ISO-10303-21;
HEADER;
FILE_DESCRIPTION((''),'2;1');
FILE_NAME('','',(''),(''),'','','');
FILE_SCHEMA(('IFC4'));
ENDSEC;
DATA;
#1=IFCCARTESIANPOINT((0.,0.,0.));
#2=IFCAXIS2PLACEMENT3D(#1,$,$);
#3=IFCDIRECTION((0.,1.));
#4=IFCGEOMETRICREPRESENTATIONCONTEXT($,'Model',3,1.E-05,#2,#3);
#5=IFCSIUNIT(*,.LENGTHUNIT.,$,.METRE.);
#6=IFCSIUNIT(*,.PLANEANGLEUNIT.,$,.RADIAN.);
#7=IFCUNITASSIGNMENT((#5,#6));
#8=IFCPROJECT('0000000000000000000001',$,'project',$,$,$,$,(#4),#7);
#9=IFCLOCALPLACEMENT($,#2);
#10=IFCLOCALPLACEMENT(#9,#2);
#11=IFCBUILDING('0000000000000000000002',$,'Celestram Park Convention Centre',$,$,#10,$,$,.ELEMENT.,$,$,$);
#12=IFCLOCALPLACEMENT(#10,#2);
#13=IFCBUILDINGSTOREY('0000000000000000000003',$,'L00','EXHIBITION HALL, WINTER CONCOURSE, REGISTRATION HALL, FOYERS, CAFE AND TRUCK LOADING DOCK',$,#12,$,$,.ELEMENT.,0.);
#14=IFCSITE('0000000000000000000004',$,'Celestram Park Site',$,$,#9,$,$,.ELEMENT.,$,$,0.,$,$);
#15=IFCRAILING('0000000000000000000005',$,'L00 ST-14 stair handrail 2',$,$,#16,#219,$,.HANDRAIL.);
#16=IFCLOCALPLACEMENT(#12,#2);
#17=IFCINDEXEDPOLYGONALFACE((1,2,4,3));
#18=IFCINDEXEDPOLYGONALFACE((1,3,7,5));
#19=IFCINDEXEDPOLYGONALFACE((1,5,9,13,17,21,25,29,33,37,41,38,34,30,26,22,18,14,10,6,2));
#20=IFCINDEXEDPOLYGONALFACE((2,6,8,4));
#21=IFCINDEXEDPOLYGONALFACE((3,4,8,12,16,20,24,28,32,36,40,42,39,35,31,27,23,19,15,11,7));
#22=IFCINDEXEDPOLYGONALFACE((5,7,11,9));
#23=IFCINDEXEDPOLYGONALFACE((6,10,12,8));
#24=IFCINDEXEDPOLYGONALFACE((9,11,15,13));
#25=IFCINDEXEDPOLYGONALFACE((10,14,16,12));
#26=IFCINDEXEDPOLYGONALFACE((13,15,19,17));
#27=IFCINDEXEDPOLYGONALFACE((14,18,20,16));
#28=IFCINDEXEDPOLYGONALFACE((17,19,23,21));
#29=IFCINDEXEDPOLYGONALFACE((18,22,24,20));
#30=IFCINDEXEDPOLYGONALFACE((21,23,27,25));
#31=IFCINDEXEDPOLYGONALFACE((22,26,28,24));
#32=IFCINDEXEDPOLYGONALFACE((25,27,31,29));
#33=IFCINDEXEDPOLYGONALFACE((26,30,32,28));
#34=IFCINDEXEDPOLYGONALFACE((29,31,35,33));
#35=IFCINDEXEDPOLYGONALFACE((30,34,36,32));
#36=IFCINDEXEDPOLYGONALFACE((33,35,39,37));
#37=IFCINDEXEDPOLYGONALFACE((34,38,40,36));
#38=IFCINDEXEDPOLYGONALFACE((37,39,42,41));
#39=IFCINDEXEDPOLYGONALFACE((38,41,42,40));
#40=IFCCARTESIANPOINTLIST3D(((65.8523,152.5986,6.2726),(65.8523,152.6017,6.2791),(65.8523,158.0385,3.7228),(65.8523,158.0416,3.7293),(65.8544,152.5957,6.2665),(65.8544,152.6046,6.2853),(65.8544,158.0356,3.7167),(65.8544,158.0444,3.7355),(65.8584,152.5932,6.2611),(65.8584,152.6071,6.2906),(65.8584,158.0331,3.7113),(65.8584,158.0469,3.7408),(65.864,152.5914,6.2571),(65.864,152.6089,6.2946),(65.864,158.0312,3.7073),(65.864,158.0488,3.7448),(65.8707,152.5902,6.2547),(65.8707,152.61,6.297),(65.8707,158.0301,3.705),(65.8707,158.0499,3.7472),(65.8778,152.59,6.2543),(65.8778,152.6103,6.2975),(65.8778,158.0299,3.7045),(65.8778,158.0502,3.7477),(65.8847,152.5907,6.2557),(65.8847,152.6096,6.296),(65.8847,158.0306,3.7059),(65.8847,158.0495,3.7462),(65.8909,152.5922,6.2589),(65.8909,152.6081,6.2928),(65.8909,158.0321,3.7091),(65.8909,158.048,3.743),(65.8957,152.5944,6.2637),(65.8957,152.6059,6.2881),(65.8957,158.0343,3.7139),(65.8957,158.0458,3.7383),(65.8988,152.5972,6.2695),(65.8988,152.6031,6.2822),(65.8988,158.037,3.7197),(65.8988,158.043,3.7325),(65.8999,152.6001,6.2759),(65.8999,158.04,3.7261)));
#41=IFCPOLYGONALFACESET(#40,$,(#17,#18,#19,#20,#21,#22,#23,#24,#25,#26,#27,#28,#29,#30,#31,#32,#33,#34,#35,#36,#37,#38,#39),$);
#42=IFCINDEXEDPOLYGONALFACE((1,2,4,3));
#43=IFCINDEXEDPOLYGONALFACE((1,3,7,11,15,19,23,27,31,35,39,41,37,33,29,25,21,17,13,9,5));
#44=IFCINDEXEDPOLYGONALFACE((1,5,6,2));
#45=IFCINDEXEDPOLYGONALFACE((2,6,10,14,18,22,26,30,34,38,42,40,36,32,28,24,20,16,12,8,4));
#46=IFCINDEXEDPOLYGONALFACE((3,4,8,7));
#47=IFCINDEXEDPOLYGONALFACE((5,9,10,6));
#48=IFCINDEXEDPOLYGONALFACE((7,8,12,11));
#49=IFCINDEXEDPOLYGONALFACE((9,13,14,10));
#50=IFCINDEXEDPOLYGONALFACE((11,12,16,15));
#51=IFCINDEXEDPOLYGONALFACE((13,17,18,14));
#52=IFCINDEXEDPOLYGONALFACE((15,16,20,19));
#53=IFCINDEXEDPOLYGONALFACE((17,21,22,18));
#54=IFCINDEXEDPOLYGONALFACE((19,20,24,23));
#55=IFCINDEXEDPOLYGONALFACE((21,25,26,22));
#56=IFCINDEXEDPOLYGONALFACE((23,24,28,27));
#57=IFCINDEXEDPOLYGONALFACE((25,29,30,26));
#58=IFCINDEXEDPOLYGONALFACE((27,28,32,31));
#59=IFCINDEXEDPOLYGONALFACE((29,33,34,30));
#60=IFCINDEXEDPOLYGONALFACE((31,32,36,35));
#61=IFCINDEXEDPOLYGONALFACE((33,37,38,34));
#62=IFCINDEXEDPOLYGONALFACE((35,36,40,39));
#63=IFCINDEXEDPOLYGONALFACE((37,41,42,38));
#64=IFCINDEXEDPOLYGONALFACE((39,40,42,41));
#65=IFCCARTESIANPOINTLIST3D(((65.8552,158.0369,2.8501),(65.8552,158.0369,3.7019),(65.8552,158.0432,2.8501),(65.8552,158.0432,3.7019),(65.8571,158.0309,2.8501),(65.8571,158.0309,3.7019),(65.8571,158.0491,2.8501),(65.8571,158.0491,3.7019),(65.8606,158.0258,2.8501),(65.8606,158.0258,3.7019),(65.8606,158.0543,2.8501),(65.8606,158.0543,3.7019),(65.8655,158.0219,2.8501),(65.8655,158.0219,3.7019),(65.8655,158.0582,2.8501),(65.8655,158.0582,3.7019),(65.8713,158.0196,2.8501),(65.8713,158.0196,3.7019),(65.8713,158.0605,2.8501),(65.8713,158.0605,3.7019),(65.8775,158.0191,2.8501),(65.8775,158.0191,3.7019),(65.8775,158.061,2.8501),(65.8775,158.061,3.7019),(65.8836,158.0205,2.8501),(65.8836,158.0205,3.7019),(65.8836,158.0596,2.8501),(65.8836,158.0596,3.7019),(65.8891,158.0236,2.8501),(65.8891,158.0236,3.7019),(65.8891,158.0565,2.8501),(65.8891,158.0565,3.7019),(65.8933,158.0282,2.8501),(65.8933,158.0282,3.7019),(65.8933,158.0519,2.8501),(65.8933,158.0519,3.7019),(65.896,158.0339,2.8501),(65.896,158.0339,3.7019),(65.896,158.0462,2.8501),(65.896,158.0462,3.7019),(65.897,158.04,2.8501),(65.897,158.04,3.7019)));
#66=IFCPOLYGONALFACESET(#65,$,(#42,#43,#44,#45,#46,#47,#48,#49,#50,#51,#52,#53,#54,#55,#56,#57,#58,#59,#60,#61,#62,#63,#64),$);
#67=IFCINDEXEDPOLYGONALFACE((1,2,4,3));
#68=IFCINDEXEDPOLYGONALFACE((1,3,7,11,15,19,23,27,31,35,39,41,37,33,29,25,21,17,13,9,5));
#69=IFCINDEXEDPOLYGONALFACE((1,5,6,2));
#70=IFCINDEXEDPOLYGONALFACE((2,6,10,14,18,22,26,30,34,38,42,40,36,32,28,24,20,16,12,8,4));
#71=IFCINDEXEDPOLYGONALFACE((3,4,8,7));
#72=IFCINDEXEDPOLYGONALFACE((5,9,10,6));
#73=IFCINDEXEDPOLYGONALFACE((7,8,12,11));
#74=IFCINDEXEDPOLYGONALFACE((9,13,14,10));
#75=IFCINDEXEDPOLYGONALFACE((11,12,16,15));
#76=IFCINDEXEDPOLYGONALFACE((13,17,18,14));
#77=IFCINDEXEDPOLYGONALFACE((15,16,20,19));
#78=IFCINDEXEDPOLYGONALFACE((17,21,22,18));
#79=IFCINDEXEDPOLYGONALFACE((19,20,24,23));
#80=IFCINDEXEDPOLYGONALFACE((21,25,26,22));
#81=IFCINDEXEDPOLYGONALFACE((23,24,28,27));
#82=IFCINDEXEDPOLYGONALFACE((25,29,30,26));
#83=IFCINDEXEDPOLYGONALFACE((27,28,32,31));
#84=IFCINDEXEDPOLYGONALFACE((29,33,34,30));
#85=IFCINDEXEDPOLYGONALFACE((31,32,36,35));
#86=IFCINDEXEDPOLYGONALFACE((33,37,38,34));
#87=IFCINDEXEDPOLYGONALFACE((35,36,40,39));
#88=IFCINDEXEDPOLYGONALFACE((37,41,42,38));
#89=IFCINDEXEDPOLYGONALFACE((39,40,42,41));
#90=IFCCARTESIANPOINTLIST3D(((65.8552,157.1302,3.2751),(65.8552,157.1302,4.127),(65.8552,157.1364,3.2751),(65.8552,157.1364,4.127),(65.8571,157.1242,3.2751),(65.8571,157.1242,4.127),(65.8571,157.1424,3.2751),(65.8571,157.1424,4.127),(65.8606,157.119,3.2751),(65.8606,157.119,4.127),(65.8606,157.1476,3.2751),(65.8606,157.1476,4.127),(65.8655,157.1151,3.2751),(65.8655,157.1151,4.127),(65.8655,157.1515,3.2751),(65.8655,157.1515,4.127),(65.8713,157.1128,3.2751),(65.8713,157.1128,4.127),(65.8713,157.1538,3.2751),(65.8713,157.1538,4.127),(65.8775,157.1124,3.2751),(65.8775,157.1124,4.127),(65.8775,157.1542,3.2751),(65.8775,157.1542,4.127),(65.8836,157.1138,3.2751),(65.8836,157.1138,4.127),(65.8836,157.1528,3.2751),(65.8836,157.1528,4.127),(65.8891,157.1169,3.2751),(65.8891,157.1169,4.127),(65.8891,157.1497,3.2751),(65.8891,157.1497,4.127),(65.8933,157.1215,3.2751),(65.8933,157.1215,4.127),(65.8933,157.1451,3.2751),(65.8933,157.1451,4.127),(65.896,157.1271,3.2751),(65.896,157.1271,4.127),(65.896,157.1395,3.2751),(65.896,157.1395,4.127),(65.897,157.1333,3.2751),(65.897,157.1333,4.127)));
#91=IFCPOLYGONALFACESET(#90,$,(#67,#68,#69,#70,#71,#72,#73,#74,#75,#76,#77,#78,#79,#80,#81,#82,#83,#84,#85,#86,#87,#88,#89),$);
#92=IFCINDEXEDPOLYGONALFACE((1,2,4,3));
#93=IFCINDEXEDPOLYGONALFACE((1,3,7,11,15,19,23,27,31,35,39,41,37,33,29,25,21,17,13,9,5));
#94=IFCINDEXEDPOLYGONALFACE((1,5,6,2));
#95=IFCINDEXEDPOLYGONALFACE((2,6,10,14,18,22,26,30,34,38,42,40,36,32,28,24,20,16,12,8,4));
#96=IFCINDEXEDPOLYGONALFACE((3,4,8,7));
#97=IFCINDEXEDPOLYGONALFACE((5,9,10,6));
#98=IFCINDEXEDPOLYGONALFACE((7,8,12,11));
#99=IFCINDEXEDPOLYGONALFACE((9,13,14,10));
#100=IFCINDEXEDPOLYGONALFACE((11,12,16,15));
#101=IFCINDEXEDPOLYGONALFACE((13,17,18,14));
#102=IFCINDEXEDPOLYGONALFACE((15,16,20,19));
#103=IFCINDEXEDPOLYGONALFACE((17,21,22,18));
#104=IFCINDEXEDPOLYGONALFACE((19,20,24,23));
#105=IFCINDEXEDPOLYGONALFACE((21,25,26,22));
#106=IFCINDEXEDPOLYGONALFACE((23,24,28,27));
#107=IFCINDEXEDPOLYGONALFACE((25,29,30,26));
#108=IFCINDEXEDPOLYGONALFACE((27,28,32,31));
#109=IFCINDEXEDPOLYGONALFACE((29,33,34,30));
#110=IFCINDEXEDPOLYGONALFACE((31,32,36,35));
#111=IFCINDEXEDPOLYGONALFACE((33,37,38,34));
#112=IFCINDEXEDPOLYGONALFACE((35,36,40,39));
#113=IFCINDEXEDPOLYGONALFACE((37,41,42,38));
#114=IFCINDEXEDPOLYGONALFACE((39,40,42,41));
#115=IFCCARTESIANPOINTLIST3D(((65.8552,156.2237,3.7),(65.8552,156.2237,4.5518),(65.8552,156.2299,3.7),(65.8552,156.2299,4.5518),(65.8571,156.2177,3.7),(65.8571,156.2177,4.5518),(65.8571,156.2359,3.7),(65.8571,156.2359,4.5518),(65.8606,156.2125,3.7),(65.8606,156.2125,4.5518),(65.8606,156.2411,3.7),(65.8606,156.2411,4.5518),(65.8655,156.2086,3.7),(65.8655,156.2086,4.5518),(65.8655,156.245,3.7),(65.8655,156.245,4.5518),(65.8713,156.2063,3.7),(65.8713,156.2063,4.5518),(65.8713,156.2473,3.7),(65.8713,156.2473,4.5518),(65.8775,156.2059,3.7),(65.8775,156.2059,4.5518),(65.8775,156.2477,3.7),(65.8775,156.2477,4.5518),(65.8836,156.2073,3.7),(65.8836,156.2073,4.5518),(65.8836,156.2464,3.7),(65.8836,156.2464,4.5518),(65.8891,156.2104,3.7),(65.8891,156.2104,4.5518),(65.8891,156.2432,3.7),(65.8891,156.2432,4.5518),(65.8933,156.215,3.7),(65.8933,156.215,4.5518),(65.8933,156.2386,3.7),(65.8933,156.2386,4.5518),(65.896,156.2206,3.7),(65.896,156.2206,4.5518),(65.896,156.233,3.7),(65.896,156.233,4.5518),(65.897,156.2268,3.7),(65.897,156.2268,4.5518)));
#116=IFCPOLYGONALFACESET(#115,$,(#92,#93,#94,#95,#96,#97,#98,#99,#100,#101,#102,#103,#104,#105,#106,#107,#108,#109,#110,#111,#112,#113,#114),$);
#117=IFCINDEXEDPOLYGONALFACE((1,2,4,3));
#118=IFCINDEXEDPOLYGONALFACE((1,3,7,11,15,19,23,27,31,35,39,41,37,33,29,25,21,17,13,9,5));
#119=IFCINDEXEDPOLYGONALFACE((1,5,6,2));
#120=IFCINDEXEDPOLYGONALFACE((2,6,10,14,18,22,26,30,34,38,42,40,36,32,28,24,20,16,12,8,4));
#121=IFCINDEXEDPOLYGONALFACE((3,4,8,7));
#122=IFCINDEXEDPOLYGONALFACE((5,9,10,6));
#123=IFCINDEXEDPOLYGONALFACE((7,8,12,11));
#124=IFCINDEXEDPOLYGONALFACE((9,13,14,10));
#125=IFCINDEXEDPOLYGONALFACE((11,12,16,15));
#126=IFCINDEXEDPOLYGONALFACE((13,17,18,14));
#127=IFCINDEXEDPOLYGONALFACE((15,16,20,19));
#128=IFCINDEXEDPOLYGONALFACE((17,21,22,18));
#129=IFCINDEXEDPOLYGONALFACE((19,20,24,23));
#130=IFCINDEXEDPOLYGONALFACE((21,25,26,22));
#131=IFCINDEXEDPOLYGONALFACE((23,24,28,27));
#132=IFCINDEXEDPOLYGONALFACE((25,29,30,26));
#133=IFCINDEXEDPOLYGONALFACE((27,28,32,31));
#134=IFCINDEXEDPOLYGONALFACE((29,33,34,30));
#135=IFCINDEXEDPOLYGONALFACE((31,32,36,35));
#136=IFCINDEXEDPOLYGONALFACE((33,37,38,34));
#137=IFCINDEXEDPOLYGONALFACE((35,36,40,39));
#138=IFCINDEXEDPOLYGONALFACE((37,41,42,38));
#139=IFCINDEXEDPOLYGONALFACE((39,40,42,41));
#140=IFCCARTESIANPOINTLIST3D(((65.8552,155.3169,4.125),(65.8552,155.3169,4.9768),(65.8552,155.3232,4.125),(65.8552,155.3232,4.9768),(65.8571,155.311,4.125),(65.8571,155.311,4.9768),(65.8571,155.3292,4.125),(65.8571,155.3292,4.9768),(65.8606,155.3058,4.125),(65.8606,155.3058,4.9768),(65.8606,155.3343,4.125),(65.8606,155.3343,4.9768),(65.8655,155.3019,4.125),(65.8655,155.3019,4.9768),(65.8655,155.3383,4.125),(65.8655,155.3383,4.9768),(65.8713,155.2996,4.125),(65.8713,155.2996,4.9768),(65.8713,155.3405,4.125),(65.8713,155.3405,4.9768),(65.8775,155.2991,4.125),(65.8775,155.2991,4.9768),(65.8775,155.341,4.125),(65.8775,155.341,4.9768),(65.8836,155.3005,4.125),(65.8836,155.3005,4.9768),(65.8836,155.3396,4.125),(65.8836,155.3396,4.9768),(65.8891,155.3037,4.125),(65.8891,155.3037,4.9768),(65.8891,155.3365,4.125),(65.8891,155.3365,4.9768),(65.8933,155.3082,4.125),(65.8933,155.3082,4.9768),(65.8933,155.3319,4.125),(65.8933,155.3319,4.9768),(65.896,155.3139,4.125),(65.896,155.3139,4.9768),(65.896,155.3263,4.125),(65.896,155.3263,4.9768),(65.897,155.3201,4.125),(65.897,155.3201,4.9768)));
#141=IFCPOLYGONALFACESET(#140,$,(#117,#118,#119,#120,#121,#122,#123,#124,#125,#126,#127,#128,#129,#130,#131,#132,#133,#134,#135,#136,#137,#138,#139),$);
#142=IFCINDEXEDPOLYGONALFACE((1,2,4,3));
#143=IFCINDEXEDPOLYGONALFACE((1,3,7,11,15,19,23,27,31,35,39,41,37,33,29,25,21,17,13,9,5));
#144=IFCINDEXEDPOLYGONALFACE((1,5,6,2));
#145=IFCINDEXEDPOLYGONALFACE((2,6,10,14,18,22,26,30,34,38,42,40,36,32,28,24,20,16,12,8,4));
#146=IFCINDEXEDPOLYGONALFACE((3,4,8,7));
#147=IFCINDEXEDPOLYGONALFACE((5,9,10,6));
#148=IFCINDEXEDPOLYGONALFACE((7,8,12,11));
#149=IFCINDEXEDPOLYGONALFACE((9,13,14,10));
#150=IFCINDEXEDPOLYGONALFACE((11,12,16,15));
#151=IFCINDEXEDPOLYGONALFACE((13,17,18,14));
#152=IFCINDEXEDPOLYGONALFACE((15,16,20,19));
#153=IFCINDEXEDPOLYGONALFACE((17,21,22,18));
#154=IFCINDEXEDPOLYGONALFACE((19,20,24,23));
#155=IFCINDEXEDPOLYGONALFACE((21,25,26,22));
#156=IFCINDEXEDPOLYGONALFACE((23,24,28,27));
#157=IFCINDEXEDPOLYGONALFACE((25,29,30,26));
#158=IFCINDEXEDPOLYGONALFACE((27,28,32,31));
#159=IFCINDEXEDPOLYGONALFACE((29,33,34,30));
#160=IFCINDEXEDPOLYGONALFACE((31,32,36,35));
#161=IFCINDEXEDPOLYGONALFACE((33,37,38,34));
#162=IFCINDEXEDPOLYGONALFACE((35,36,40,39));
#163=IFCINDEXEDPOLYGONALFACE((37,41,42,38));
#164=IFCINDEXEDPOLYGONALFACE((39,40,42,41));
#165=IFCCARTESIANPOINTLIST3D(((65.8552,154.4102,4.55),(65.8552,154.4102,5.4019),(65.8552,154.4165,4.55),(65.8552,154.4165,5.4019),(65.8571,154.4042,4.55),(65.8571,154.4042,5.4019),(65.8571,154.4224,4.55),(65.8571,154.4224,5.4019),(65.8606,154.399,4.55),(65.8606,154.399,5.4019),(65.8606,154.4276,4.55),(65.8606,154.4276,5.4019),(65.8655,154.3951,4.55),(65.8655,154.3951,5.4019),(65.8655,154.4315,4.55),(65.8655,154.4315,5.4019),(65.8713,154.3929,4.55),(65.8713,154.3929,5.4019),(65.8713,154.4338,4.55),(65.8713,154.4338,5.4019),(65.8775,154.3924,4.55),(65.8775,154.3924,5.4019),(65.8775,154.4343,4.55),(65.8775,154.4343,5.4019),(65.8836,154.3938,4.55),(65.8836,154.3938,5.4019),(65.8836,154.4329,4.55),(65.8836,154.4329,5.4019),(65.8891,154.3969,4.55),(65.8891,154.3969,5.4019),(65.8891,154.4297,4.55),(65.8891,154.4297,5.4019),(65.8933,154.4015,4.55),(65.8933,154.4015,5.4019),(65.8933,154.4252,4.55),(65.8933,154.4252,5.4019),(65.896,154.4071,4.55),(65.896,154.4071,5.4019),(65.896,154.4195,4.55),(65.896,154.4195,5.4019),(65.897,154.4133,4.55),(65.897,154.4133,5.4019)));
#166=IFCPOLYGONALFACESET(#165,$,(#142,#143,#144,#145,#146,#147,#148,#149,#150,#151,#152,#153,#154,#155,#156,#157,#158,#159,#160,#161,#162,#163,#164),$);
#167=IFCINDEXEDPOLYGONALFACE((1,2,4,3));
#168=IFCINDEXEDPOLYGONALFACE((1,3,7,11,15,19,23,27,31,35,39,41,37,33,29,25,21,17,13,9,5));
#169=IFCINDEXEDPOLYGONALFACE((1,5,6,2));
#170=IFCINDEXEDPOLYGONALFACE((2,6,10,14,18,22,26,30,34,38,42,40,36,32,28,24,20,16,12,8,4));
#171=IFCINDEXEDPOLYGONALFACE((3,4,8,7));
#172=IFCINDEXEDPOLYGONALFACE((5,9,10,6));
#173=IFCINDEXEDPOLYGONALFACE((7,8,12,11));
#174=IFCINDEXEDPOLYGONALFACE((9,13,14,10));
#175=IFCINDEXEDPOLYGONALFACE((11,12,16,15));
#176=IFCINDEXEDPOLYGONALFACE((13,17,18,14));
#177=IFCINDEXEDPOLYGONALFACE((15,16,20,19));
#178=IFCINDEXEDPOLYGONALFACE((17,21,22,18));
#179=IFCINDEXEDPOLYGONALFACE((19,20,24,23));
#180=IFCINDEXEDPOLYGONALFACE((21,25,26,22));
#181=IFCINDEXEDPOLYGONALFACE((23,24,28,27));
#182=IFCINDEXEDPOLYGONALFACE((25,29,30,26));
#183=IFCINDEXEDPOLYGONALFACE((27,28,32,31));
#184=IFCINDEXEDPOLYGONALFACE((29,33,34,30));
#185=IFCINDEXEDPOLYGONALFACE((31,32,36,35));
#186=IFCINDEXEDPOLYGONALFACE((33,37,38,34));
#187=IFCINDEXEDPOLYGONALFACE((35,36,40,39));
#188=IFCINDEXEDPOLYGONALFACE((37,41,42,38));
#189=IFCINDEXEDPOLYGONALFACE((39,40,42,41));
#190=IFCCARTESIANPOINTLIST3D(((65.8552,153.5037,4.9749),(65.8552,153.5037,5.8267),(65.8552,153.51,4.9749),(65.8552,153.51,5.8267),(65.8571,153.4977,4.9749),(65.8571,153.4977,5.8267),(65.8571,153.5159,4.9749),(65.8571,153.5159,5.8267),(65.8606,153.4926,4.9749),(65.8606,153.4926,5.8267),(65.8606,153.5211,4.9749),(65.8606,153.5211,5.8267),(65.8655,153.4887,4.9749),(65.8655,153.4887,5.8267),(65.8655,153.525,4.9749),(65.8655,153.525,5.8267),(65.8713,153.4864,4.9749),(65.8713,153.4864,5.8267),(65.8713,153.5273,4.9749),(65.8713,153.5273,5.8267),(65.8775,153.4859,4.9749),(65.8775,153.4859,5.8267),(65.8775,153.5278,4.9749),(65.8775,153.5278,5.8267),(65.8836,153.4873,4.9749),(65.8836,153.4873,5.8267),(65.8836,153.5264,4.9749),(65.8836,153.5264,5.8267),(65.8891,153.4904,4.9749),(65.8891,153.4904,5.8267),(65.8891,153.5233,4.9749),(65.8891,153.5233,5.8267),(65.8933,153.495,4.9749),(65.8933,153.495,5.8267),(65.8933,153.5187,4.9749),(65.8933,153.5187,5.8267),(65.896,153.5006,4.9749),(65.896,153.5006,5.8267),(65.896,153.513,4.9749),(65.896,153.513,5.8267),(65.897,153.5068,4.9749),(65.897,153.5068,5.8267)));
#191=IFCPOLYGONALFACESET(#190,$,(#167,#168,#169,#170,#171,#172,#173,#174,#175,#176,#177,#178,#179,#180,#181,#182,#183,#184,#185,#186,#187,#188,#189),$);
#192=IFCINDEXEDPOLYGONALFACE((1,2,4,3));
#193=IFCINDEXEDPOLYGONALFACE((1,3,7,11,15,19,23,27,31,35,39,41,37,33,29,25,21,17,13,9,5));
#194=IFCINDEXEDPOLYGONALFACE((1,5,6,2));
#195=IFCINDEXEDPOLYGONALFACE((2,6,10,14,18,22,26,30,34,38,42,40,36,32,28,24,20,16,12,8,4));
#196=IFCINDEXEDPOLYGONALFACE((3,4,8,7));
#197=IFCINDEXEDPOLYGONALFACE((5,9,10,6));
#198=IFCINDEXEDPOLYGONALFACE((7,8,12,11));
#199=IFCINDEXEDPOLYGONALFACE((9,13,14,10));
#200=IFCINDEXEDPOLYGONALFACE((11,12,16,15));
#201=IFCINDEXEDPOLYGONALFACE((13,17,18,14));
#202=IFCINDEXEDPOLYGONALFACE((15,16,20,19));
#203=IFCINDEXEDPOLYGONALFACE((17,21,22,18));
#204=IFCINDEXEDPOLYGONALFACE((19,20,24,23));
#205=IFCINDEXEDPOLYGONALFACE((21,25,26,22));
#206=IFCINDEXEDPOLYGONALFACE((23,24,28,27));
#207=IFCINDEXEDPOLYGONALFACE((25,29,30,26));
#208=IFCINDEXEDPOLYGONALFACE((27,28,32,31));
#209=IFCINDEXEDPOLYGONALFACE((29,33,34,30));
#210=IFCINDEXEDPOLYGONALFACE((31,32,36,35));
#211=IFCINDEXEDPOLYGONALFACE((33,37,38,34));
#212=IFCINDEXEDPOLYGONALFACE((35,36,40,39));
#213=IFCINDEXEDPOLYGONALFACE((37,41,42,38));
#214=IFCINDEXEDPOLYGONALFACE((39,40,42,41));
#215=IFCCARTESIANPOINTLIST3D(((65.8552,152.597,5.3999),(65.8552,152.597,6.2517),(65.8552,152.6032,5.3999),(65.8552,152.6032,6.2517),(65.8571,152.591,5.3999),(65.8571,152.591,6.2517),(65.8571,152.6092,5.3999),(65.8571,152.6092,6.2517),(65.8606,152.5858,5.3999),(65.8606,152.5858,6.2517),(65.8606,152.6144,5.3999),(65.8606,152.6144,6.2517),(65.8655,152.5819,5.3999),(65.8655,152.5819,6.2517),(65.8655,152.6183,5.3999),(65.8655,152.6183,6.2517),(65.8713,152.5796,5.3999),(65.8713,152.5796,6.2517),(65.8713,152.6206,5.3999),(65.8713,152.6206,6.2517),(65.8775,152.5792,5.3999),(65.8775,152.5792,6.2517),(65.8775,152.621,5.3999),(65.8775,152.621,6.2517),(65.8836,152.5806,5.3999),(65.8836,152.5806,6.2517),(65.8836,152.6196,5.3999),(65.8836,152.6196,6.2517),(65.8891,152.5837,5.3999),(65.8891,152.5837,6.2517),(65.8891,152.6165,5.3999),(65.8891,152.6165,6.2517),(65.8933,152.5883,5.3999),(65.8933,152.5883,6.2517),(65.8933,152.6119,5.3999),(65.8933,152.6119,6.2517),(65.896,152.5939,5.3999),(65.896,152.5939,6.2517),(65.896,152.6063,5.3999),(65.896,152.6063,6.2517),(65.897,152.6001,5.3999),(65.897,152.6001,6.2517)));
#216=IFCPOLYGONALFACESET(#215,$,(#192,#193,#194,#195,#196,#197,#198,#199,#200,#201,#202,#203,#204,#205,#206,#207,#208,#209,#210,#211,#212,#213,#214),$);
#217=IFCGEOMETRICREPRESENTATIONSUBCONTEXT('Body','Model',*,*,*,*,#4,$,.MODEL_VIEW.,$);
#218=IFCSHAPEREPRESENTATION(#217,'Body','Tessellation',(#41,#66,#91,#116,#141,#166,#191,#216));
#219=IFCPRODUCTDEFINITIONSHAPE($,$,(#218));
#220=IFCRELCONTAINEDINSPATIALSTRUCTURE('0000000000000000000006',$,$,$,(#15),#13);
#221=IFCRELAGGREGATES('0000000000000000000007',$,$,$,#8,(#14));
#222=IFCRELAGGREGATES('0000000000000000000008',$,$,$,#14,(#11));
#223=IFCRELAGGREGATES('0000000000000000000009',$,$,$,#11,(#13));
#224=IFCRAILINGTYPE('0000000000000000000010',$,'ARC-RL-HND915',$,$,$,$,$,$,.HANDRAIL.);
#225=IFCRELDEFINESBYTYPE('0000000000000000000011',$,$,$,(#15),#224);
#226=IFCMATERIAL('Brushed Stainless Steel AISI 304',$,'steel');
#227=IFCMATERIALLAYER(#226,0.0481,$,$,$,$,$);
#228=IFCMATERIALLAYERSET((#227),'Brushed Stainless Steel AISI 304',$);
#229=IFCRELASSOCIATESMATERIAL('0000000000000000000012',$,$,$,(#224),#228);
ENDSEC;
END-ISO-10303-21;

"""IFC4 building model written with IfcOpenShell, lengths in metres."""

from ifc_helpers import new_model, si_unit, direction, frame, origin, origin_2d, place, context, subcontext, project, spatial, circle, extrude, material, layer, layer_set, type_object, element, save


model = new_model("IFC4")

# Units and contexts
model_context = context("Model", 3, precision=1e-05, world=origin(), true_north=direction((0.0, 1.0)))
body_context = subcontext(model_context, "Body", "Model", "MODEL_VIEW")
ifc_project = project(units=[si_unit("LENGTHUNIT", "METRE"), si_unit("PLANEANGLEUNIT", "RADIAN")], contexts=[model_context])

# Site, building, storey
site_placement = place(None, origin())
site = spatial("IfcSite", under=ifc_project, at=site_placement, Name="Celestram Park Site", CompositionType="ELEMENT", RefElevation=0.0)
building_placement = place(site_placement, origin())
building = spatial("IfcBuilding", under=site, at=building_placement, Name="Celestram Park Convention Centre", CompositionType="ELEMENT")
storey_placement = place(building_placement, origin())
storey = spatial("IfcBuildingStorey", under=building, at=storey_placement, Name="L00", Description="EXHIBITION HALL, WINTER CONCOURSE, REGISTRATION HALL, FOYERS, CAFE AND TRUCK LOADING DOCK", CompositionType="ELEMENT", Elevation=0.0)

# Railing
ifc_material_1 = material(Name="Brushed Stainless Steel AISI 304", Category="steel")
ifc_layer_1 = layer(ifc_material_1, 0.0481)
ifc_layer_set_1 = layer_set([ifc_layer_1], Name="Brushed Stainless Steel AISI 304")
railing_type_1 = type_object("IfcRailingType", Name="ARC-RL-HND915", PredefinedType="HANDRAIL", material=ifc_layer_set_1)
railing_1_placement = place(storey_placement, frame((65.876, 158.04, 2.8501)))
element("IfcRailing", 1, at=railing_1_placement, inside=storey, type_object=railing_type_1, Name="L00 ST-14 stair handrail 2", PredefinedType="HANDRAIL", context=body_context, shape_type="SweptSolid", body=[
    extrude(circle(Radius=0.0239, at=origin_2d()), frame((0.0, 0.0, 0.876), z_axis=(0.0, -0.90547, 0.424411), x_axis=(1.0, 0.0, 0.0)), (0.0, 0.0, 1.0), 6.0078),
    extrude(circle(Radius=0.021, at=origin_2d()), origin(), (0.0, 0.0, 1.0), 0.8518),
    extrude(circle(Radius=0.021, at=origin_2d()), frame((0.0, -0.9067, 0.425)), (0.0, 0.0, 1.0), 0.8518),
    extrude(circle(Radius=0.021, at=origin_2d()), frame((0.0, -1.8132, 0.8499)), (0.0, 0.0, 1.0), 0.8518),
    extrude(circle(Radius=0.021, at=origin_2d()), frame((0.0, -2.72, 1.2749)), (0.0, 0.0, 1.0), 0.8518),
    extrude(circle(Radius=0.021, at=origin_2d()), frame((0.0, -3.6267, 1.7)), (0.0, 0.0, 1.0), 0.8518),
    extrude(circle(Radius=0.021, at=origin_2d()), frame((0.0, -4.5332, 2.1248)), (0.0, 0.0, 1.0), 0.8518),
    extrude(circle(Radius=0.021, at=origin_2d()), frame((0.0, -5.4399, 2.5498)), (0.0, 0.0, 1.0), 0.8518),
])

save(model, "model.ifc")
